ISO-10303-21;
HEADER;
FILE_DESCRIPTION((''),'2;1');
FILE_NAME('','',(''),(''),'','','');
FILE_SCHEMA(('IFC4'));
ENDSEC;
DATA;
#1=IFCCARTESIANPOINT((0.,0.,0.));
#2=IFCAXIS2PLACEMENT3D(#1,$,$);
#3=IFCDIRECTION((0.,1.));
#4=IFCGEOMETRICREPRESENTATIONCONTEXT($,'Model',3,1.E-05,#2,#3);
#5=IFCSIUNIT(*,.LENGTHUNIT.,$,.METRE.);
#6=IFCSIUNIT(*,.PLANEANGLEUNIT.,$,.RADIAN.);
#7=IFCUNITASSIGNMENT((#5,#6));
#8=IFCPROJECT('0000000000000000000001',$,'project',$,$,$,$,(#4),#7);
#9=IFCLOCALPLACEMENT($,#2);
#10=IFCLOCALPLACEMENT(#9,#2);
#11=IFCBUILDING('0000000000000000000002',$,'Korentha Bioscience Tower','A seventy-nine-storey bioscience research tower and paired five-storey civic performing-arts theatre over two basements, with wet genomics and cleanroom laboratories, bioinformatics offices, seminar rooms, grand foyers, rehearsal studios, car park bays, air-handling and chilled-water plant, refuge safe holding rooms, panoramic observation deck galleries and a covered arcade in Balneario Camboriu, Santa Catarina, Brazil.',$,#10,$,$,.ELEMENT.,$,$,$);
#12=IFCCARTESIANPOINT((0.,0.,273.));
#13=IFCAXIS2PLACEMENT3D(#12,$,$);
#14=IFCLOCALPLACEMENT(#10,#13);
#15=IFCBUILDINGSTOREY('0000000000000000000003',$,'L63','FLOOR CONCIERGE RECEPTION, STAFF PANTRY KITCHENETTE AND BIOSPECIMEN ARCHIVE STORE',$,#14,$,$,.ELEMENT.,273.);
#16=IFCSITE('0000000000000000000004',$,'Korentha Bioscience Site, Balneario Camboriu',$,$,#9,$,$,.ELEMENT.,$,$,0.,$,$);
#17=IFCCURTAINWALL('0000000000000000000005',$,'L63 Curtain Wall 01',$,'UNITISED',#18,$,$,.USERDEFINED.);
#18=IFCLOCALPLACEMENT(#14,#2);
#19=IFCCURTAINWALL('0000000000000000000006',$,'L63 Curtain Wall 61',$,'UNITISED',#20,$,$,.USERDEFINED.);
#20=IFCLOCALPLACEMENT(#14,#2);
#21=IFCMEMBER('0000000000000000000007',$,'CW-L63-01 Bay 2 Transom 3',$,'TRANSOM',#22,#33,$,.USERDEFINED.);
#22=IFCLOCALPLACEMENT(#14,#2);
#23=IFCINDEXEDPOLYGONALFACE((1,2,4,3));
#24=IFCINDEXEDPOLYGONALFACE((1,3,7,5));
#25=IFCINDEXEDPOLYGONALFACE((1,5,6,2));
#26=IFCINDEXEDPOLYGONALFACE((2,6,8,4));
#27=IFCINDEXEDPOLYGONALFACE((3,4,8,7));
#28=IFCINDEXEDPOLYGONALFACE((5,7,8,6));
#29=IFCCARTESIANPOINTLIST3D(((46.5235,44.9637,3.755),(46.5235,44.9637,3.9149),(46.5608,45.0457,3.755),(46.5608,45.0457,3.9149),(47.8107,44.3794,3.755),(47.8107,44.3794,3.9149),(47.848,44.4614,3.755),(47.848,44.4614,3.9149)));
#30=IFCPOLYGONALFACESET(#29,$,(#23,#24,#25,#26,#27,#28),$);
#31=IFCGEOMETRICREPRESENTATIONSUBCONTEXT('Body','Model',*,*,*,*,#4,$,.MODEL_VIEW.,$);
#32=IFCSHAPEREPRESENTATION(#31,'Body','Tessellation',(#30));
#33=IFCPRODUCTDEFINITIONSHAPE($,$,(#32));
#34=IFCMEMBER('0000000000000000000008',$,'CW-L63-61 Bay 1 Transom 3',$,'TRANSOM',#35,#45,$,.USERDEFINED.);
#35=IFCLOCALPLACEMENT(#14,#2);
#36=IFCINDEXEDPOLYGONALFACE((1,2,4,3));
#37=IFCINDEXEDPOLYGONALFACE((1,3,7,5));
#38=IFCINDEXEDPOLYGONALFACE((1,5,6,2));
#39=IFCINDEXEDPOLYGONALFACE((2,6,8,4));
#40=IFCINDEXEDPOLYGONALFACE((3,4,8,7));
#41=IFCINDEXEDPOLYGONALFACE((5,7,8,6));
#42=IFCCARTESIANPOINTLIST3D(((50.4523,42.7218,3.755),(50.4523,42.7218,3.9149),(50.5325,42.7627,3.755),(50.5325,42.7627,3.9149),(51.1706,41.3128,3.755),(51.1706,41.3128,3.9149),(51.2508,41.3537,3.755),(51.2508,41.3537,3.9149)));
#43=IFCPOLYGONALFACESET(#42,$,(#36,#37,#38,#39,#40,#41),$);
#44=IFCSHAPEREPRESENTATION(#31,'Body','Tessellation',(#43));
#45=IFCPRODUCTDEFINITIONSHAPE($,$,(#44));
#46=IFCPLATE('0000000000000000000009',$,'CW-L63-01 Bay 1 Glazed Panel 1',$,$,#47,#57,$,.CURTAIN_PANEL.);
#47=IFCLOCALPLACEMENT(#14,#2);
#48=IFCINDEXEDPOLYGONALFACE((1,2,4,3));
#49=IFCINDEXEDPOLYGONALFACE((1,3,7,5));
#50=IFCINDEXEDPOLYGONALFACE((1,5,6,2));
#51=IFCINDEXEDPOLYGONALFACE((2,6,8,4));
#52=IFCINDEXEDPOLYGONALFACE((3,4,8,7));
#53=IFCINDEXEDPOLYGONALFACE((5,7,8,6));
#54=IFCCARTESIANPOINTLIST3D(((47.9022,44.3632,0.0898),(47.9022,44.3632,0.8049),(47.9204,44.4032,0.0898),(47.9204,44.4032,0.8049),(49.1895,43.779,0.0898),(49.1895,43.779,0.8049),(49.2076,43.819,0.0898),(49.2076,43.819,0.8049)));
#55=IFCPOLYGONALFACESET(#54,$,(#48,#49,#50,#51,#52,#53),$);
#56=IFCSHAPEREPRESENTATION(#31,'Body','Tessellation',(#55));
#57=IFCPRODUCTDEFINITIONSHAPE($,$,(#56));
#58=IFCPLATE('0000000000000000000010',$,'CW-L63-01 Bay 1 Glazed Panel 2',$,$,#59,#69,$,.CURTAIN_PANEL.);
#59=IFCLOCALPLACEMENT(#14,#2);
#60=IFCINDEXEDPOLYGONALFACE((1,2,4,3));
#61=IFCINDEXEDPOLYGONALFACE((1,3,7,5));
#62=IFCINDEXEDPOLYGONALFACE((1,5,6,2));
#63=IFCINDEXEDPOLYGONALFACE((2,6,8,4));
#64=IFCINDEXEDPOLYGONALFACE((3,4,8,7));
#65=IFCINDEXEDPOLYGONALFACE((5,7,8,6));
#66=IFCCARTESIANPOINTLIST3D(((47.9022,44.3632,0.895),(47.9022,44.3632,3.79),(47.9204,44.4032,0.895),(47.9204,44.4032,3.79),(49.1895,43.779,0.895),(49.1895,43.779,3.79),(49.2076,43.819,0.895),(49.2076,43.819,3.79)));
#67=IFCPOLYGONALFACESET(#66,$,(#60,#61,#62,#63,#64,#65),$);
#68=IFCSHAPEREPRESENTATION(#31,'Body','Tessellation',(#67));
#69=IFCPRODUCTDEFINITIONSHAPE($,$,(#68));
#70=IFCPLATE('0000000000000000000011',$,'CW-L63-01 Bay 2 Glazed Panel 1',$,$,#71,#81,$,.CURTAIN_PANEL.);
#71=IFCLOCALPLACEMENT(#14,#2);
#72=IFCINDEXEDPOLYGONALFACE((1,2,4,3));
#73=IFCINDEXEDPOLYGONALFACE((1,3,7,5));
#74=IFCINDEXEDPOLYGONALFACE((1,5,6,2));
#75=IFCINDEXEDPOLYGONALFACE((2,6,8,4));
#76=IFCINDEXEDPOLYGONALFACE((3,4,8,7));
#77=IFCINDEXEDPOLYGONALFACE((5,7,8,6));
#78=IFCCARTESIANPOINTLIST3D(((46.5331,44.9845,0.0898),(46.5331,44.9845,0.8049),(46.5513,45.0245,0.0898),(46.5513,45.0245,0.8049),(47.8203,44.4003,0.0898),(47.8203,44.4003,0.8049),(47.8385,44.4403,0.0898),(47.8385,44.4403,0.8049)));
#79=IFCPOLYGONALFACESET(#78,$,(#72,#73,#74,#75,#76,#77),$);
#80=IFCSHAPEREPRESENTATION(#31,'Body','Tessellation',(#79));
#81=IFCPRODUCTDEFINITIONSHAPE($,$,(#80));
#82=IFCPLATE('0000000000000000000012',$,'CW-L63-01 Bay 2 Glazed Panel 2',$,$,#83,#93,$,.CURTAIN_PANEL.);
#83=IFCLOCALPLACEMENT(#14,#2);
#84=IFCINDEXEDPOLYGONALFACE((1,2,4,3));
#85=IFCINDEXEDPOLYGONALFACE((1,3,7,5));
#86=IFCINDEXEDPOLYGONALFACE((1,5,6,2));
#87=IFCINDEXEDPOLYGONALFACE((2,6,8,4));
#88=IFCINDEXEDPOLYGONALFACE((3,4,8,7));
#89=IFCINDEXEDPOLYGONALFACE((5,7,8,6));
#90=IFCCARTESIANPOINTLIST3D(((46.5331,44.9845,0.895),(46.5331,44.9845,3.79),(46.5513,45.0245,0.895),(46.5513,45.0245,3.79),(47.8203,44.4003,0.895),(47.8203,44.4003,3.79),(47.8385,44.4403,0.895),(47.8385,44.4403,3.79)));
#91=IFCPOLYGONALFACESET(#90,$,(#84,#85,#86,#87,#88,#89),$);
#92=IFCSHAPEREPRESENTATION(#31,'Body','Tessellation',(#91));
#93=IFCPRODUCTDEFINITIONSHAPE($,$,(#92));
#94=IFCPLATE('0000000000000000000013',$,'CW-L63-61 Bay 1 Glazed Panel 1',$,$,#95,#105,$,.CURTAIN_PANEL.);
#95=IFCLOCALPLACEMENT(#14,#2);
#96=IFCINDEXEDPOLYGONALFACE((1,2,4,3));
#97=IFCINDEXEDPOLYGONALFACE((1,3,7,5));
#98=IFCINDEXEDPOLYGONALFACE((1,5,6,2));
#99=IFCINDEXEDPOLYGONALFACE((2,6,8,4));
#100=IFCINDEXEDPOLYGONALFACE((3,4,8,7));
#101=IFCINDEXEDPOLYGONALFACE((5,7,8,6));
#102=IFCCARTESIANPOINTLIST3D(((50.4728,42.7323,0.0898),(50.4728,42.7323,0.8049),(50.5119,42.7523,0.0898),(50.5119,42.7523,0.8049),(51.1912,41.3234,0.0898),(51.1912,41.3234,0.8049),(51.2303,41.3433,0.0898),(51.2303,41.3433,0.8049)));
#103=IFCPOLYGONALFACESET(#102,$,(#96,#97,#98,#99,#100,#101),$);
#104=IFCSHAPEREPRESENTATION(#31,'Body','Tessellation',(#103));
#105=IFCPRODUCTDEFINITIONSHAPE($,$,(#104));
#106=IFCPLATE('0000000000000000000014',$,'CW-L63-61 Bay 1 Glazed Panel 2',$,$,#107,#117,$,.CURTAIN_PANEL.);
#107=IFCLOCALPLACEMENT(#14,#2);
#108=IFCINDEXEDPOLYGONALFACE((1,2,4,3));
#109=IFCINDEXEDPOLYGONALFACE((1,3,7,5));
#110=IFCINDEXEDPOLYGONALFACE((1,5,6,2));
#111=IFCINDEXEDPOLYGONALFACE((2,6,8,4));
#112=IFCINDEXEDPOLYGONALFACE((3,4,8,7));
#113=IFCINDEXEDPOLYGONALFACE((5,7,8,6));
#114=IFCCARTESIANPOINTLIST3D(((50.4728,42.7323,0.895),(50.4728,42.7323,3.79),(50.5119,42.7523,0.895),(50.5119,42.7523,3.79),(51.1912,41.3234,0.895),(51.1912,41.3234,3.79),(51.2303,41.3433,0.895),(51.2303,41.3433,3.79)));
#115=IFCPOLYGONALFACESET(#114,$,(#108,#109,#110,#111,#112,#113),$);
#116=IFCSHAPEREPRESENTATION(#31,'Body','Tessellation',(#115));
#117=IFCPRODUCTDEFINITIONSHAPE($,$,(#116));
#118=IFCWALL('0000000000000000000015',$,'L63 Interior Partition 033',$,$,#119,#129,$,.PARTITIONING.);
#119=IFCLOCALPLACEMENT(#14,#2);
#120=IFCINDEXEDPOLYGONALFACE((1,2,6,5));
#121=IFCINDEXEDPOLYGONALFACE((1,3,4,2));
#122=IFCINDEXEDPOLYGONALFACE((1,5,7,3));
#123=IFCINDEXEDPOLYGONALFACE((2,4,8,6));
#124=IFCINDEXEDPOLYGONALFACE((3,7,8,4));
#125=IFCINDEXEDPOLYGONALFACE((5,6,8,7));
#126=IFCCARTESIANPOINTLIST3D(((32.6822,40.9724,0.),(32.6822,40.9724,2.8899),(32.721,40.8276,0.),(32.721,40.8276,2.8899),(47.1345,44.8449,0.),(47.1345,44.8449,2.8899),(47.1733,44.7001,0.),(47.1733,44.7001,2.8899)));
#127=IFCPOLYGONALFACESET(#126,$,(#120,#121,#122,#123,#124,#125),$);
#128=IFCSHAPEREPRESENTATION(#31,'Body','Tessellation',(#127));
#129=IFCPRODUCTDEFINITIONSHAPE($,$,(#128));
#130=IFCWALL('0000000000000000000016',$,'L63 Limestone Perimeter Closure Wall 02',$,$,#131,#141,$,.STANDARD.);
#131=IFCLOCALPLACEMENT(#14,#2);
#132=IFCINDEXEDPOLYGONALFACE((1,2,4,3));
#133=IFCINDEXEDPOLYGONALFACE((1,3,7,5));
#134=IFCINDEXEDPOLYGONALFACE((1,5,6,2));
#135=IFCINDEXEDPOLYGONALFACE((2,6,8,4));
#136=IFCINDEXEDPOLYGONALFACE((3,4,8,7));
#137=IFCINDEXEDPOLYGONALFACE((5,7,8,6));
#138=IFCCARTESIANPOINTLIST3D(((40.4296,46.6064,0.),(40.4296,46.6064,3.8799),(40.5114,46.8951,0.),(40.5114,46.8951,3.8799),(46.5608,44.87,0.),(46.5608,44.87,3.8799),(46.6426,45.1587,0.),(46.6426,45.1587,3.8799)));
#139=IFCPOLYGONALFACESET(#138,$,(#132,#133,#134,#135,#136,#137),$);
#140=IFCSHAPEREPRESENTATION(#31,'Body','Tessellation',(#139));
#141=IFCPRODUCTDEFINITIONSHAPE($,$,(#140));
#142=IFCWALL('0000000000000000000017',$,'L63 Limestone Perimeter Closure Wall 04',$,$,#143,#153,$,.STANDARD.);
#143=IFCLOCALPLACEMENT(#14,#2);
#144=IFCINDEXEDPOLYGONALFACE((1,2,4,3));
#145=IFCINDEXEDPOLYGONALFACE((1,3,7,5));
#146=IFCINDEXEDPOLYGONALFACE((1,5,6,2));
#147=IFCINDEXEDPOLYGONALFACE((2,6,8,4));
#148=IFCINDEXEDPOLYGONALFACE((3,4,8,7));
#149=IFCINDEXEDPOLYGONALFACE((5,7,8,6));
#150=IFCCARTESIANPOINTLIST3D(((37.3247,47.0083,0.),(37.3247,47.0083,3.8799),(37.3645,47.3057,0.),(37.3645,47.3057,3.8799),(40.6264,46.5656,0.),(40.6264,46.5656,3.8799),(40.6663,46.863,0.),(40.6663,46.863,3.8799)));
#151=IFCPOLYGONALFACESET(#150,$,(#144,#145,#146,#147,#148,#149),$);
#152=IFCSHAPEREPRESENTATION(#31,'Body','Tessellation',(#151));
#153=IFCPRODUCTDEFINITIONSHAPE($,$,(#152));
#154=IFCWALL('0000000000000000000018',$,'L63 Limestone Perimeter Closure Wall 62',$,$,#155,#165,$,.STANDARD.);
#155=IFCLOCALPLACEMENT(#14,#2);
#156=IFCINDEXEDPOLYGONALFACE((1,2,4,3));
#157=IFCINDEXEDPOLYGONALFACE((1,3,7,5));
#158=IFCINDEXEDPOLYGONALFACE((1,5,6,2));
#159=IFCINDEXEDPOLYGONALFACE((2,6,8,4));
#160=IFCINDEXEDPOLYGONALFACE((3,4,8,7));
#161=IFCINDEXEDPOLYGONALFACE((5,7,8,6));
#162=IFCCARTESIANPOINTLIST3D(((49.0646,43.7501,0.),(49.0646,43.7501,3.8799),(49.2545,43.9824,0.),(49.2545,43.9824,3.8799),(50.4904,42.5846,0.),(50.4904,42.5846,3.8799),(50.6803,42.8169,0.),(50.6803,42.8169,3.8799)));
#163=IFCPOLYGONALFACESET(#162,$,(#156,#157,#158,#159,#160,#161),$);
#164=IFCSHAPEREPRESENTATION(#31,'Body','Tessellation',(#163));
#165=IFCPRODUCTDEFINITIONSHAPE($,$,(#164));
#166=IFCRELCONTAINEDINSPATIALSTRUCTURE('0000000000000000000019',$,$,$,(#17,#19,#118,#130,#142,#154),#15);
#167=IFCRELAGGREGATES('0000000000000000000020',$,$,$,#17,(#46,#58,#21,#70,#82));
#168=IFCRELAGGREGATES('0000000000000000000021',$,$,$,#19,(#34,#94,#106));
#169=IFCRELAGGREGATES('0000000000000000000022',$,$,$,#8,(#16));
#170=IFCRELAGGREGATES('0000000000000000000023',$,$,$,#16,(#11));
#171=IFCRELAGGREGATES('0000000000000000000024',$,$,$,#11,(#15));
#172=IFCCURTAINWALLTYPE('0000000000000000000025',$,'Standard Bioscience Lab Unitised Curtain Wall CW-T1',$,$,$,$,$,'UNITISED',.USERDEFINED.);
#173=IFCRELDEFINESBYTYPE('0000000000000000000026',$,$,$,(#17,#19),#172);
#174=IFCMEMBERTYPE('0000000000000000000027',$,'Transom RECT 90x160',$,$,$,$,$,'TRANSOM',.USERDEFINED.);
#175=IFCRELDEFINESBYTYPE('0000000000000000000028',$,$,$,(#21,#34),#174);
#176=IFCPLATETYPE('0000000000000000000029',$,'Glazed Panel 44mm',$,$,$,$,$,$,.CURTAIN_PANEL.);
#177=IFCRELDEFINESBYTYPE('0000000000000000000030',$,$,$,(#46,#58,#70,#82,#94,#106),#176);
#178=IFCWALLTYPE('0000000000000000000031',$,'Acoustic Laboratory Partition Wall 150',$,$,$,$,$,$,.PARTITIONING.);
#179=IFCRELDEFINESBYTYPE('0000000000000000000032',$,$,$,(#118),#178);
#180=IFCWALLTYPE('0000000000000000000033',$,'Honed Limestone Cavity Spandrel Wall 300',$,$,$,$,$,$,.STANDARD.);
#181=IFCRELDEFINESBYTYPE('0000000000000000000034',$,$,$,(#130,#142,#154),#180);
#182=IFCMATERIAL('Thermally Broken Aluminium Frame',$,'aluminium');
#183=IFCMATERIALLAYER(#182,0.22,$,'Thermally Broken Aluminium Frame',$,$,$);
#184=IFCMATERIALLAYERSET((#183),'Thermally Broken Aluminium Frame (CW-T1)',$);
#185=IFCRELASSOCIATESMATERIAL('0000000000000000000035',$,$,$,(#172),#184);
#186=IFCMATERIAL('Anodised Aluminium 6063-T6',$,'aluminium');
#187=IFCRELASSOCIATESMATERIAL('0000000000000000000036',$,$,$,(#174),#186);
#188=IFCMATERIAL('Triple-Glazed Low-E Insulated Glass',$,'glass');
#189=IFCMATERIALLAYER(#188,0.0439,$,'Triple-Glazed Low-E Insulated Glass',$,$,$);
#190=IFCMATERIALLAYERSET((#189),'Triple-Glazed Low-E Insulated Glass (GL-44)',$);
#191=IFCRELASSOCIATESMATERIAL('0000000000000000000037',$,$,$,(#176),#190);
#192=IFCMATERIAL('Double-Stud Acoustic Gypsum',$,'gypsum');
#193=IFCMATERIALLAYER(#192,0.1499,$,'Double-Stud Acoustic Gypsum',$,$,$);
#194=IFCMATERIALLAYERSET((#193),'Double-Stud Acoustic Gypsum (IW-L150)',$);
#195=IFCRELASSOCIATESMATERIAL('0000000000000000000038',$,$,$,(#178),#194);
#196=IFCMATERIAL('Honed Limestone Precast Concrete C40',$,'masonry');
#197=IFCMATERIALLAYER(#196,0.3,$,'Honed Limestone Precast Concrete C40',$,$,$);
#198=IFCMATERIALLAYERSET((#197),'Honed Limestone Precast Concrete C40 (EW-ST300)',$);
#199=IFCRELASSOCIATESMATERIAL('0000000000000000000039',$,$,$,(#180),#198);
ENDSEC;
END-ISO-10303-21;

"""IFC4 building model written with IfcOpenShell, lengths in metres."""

from ifc_helpers import new_model, si_unit, direction, frame, frame_2d, origin, origin_2d, place, context, subcontext, project, spatial, rectangle, extrude, material, layer, layer_set, material_profile, profile_set, type_object, element, aggregate, save


model = new_model("IFC4")

# Units and contexts
model_context = context("Model", 3, precision=1e-05, world=origin(), true_north=direction((0.0, 1.0)))
body_context = subcontext(model_context, "Body", "Model", "MODEL_VIEW")
ifc_project = project(units=[si_unit("LENGTHUNIT", "METRE"), si_unit("PLANEANGLEUNIT", "RADIAN")], contexts=[model_context])

# Site, building, storey
site_placement = place(None, origin())
site = spatial("IfcSite", under=ifc_project, at=site_placement, Name="Korentha Bioscience Site, Balneario Camboriu", CompositionType="ELEMENT", RefElevation=0.0)
building_placement = place(site_placement, origin())
building = spatial("IfcBuilding", under=site, at=building_placement, Name="Korentha Bioscience Tower", Description="A seventy-nine-storey bioscience research tower and paired five-storey civic performing-arts theatre over two basements, with wet genomics and cleanroom laboratories, bioinformatics offices, seminar rooms, grand foyers, rehearsal studios, car park bays, air-handling and chilled-water plant, refuge safe holding rooms, panoramic observation deck galleries and a covered arcade in Balneario Camboriu, Santa Catarina, Brazil.", CompositionType="ELEMENT")
storey_placement = place(building_placement, frame((0.0, 0.0, 273.0)))
storey = spatial("IfcBuildingStorey", under=building, at=storey_placement, Name="L63", Description="FLOOR CONCIERGE RECEPTION, STAFF PANTRY KITCHENETTE AND BIOSPECIMEN ARCHIVE STORE", CompositionType="ELEMENT", Elevation=273.0)

# Curtain wall
ifc_material_1 = material(Name="Thermally Broken Aluminium Frame", Category="aluminium")
ifc_layer_1 = layer(ifc_material_1, 0.22, Name="Thermally Broken Aluminium Frame")
ifc_layer_set_1 = layer_set([ifc_layer_1], Name="Thermally Broken Aluminium Frame (CW-T1)")
curtain_wall_type = type_object("IfcCurtainWallType", Name="Standard Bioscience Lab Unitised Curtain Wall CW-T1", ElementType="UNITISED", PredefinedType="USERDEFINED", material=ifc_layer_set_1)
curtain_wall_1_placement = place(storey_placement, origin())
curtain_wall_1 = element("IfcCurtainWall", 1, at=curtain_wall_1_placement, inside=storey, type_object=curtain_wall_type, Name="L63 Curtain Wall 01", ObjectType="UNITISED", PredefinedType="USERDEFINED")
ifc_material_2 = material(Name="Anodised Aluminium 6063-T6", Category="aluminium")

# Curtain wall
curtain_wall_2_placement = place(storey_placement, origin())
curtain_wall_2 = element("IfcCurtainWall", 2, at=curtain_wall_2_placement, inside=storey, type_object=curtain_wall_type, Name="L63 Curtain Wall 61", ObjectType="UNITISED", PredefinedType="USERDEFINED")

# Members
ifc_material_profile_1 = material_profile(ifc_material_2, rectangle(XDim=0.0901, YDim=0.1599, at=origin_2d()), Name="Anodised Aluminium 6063-T6")
ifc_profile_set_1 = profile_set([ifc_material_profile_1], Name="Anodised Aluminium 6063-T6 (CW-TRN)")
member_type_1 = type_object("IfcMemberType", Name="Transom RECT 90x160", ElementType="TRANSOM", PredefinedType="USERDEFINED", material=ifc_profile_set_1)
member_1_placement = place(storey_placement, frame((47.8293, 44.4204, 3.835), z_axis=(-0.910585, 0.413321, 0.0), x_axis=(-0.413321, -0.910585, 0.0)))
member_1 = element("IfcMember", 3, at=member_1_placement, type_object=member_type_1, Name="CW-L63-01 Bay 2 Transom 3", ObjectType="TRANSOM", PredefinedType="USERDEFINED", context=body_context, shape_type="SweptSolid", body=[
    extrude(rectangle(XDim=0.0901, YDim=0.1599, at=origin_2d()), origin(), (0.0, 0.0, 1.0), 1.4136),
])
member_2_placement = place(storey_placement, frame((51.2107, 41.3333, 3.835), z_axis=(-0.454178, 0.890911, 0.0), x_axis=(-0.890911, -0.454178, 0.0)))
member_2 = element("IfcMember", 4, at=member_2_placement, type_object=member_type_1, Name="CW-L63-61 Bay 1 Transom 3", ObjectType="TRANSOM", PredefinedType="USERDEFINED", context=body_context, shape_type="SweptSolid", body=[
    extrude(rectangle(XDim=0.0901, YDim=0.1599, at=origin_2d()), origin(), (0.0, 0.0, 1.0), 1.5815),
])

# Plates
ifc_material_3 = material(Name="Triple-Glazed Low-E Insulated Glass", Category="glass")
ifc_layer_2 = layer(ifc_material_3, 0.0439, Name="Triple-Glazed Low-E Insulated Glass")
ifc_layer_set_2 = layer_set([ifc_layer_2], Name="Triple-Glazed Low-E Insulated Glass (GL-44)")
plate_type = type_object("IfcPlateType", Name="Glazed Panel 44mm", PredefinedType="CURTAIN_PANEL", material=ifc_layer_set_2)
plate_1_placement = place(storey_placement, frame((48.5549, 44.0911, 0.0898), z_axis=(0.0, 0.0, 1.0), x_axis=(-0.910604, 0.41328, 0.0)))
plate_1 = element("IfcPlate", 5, at=plate_1_placement, type_object=plate_type, Name="CW-L63-01 Bay 1 Glazed Panel 1", PredefinedType="CURTAIN_PANEL", context=body_context, shape_type="SweptSolid", body=[
    extrude(rectangle(XDim=1.4136, YDim=0.0439, at=origin_2d()), origin(), (0.0, 0.0, 1.0), 0.7151),
])
plate_2_placement = place(storey_placement, frame((48.5549, 44.0911, 0.895), z_axis=(0.0, 0.0, 1.0), x_axis=(-0.910604, 0.41328, 0.0)))
plate_2 = element("IfcPlate", 6, at=plate_2_placement, type_object=plate_type, Name="CW-L63-01 Bay 1 Glazed Panel 2", PredefinedType="CURTAIN_PANEL", context=body_context, shape_type="SweptSolid", body=[
    extrude(rectangle(XDim=1.4136, YDim=0.0439, at=origin_2d()), origin(), (0.0, 0.0, 1.0), 2.895),
])
plate_3_placement = place(storey_placement, frame((47.1858, 44.7124, 0.0898), z_axis=(0.0, 0.0, 1.0), x_axis=(-0.910604, 0.41328, 0.0)))
plate_3 = element("IfcPlate", 7, at=plate_3_placement, type_object=plate_type, Name="CW-L63-01 Bay 2 Glazed Panel 1", PredefinedType="CURTAIN_PANEL", context=body_context, shape_type="SweptSolid", body=[
    extrude(rectangle(XDim=1.4136, YDim=0.0439, at=origin_2d()), origin(), (0.0, 0.0, 1.0), 0.7151),
])
plate_4_placement = place(storey_placement, frame((47.1858, 44.7124, 0.895), z_axis=(0.0, 0.0, 1.0), x_axis=(-0.910604, 0.41328, 0.0)))
plate_4 = element("IfcPlate", 8, at=plate_4_placement, type_object=plate_type, Name="CW-L63-01 Bay 2 Glazed Panel 2", PredefinedType="CURTAIN_PANEL", context=body_context, shape_type="SweptSolid", body=[
    extrude(rectangle(XDim=1.4136, YDim=0.0439, at=origin_2d()), origin(), (0.0, 0.0, 1.0), 2.895),
])
aggregate(curtain_wall_1, [plate_1, plate_2, member_1, plate_3, plate_4])
plate_5_placement = place(storey_placement, frame((50.8516, 42.0378, 0.0898), z_axis=(0.0, 0.0, 1.0), x_axis=(-0.454239, 0.89088, 0.0)))
plate_5 = element("IfcPlate", 9, at=plate_5_placement, type_object=plate_type, Name="CW-L63-61 Bay 1 Glazed Panel 1", PredefinedType="CURTAIN_PANEL", context=body_context, shape_type="SweptSolid", body=[
    extrude(rectangle(XDim=1.5815, YDim=0.0439, at=origin_2d()), origin(), (0.0, 0.0, 1.0), 0.7151),
])
plate_6_placement = place(storey_placement, frame((50.8516, 42.0378, 0.895), z_axis=(0.0, 0.0, 1.0), x_axis=(-0.454239, 0.89088, 0.0)))
plate_6 = element("IfcPlate", 10, at=plate_6_placement, type_object=plate_type, Name="CW-L63-61 Bay 1 Glazed Panel 2", PredefinedType="CURTAIN_PANEL", context=body_context, shape_type="SweptSolid", body=[
    extrude(rectangle(XDim=1.5815, YDim=0.0439, at=origin_2d()), origin(), (0.0, 0.0, 1.0), 2.895),
])
aggregate(curtain_wall_2, [member_2, plate_5, plate_6])

# Walls
ifc_material_4 = material(Name="Double-Stud Acoustic Gypsum", Category="gypsum")
ifc_layer_3 = layer(ifc_material_4, 0.1499, Name="Double-Stud Acoustic Gypsum")
ifc_layer_set_3 = layer_set([ifc_layer_3], Name="Double-Stud Acoustic Gypsum (IW-L150)")
wall_type_1 = type_object("IfcWallType", Name="Acoustic Laboratory Partition Wall 150", PredefinedType="PARTITIONING", material=ifc_layer_set_3)
wall_1_placement = place(storey_placement, frame((47.1538, 44.7725, 0.0), z_axis=(0.0, 0.0, 1.0), x_axis=(-0.965925, -0.258822, 0.0)))
element("IfcWall", 11, at=wall_1_placement, inside=storey, type_object=wall_type_1, Name="L63 Interior Partition 033", PredefinedType="PARTITIONING", context=body_context, shape_type="SweptSolid", body=[
    extrude(rectangle(XDim=14.9622, YDim=0.1499, at=frame_2d((7.481, 0.0))), origin(), (0.0, 0.0, 1.0), 2.8899),
])
ifc_material_5 = material(Name="Honed Limestone Precast Concrete C40", Category="masonry")
ifc_layer_4 = layer(ifc_material_5, 0.3, Name="Honed Limestone Precast Concrete C40")
ifc_layer_set_4 = layer_set([ifc_layer_4], Name="Honed Limestone Precast Concrete C40 (EW-ST300)")
wall_type_2 = type_object("IfcWallType", Name="Honed Limestone Cavity Spandrel Wall 300", PredefinedType="STANDARD", material=ifc_layer_set_4)
wall_2_placement = place(storey_placement, frame((46.6016, 45.0144, 0.0), z_axis=(0.0, 0.0, 1.0), x_axis=(-0.96216, 0.272484, 0.0)))
element("IfcWall", 12, at=wall_2_placement, inside=storey, type_object=wall_type_2, Name="L63 Limestone Perimeter Closure Wall 02", PredefinedType="STANDARD", context=body_context, shape_type="SweptSolid", body=[
    extrude(rectangle(XDim=6.3723, YDim=0.3, at=frame_2d((3.186, 0.0))), origin(), (0.0, 0.0, 1.0), 3.8799),
])
wall_3_placement = place(storey_placement, frame((40.6462, 46.7144, 0.0), z_axis=(0.0, 0.0, 1.0), x_axis=(-0.991134, 0.132869, 0.0)))
element("IfcWall", 13, at=wall_3_placement, inside=storey, type_object=wall_type_2, Name="L63 Limestone Perimeter Closure Wall 04", PredefinedType="STANDARD", context=body_context, shape_type="SweptSolid", body=[
    extrude(rectangle(XDim=3.3313, YDim=0.3, at=frame_2d((1.6655, 0.0))), origin(), (0.0, 0.0, 1.0), 3.8799),
])
wall_4_placement = place(storey_placement, frame((50.5854, 42.7007, 0.0), z_axis=(0.0, 0.0, 1.0), x_axis=(-0.774229, 0.632906, 0.0)))
element("IfcWall", 14, at=wall_4_placement, inside=storey, type_object=wall_type_2, Name="L63 Limestone Perimeter Closure Wall 62", PredefinedType="STANDARD", context=body_context, shape_type="SweptSolid", body=[
    extrude(rectangle(XDim=1.8416, YDim=0.3, at=frame_2d((0.9209, 0.0))), origin(), (0.0, 0.0, 1.0), 3.8799),
])

save(model, "model.ifc")
